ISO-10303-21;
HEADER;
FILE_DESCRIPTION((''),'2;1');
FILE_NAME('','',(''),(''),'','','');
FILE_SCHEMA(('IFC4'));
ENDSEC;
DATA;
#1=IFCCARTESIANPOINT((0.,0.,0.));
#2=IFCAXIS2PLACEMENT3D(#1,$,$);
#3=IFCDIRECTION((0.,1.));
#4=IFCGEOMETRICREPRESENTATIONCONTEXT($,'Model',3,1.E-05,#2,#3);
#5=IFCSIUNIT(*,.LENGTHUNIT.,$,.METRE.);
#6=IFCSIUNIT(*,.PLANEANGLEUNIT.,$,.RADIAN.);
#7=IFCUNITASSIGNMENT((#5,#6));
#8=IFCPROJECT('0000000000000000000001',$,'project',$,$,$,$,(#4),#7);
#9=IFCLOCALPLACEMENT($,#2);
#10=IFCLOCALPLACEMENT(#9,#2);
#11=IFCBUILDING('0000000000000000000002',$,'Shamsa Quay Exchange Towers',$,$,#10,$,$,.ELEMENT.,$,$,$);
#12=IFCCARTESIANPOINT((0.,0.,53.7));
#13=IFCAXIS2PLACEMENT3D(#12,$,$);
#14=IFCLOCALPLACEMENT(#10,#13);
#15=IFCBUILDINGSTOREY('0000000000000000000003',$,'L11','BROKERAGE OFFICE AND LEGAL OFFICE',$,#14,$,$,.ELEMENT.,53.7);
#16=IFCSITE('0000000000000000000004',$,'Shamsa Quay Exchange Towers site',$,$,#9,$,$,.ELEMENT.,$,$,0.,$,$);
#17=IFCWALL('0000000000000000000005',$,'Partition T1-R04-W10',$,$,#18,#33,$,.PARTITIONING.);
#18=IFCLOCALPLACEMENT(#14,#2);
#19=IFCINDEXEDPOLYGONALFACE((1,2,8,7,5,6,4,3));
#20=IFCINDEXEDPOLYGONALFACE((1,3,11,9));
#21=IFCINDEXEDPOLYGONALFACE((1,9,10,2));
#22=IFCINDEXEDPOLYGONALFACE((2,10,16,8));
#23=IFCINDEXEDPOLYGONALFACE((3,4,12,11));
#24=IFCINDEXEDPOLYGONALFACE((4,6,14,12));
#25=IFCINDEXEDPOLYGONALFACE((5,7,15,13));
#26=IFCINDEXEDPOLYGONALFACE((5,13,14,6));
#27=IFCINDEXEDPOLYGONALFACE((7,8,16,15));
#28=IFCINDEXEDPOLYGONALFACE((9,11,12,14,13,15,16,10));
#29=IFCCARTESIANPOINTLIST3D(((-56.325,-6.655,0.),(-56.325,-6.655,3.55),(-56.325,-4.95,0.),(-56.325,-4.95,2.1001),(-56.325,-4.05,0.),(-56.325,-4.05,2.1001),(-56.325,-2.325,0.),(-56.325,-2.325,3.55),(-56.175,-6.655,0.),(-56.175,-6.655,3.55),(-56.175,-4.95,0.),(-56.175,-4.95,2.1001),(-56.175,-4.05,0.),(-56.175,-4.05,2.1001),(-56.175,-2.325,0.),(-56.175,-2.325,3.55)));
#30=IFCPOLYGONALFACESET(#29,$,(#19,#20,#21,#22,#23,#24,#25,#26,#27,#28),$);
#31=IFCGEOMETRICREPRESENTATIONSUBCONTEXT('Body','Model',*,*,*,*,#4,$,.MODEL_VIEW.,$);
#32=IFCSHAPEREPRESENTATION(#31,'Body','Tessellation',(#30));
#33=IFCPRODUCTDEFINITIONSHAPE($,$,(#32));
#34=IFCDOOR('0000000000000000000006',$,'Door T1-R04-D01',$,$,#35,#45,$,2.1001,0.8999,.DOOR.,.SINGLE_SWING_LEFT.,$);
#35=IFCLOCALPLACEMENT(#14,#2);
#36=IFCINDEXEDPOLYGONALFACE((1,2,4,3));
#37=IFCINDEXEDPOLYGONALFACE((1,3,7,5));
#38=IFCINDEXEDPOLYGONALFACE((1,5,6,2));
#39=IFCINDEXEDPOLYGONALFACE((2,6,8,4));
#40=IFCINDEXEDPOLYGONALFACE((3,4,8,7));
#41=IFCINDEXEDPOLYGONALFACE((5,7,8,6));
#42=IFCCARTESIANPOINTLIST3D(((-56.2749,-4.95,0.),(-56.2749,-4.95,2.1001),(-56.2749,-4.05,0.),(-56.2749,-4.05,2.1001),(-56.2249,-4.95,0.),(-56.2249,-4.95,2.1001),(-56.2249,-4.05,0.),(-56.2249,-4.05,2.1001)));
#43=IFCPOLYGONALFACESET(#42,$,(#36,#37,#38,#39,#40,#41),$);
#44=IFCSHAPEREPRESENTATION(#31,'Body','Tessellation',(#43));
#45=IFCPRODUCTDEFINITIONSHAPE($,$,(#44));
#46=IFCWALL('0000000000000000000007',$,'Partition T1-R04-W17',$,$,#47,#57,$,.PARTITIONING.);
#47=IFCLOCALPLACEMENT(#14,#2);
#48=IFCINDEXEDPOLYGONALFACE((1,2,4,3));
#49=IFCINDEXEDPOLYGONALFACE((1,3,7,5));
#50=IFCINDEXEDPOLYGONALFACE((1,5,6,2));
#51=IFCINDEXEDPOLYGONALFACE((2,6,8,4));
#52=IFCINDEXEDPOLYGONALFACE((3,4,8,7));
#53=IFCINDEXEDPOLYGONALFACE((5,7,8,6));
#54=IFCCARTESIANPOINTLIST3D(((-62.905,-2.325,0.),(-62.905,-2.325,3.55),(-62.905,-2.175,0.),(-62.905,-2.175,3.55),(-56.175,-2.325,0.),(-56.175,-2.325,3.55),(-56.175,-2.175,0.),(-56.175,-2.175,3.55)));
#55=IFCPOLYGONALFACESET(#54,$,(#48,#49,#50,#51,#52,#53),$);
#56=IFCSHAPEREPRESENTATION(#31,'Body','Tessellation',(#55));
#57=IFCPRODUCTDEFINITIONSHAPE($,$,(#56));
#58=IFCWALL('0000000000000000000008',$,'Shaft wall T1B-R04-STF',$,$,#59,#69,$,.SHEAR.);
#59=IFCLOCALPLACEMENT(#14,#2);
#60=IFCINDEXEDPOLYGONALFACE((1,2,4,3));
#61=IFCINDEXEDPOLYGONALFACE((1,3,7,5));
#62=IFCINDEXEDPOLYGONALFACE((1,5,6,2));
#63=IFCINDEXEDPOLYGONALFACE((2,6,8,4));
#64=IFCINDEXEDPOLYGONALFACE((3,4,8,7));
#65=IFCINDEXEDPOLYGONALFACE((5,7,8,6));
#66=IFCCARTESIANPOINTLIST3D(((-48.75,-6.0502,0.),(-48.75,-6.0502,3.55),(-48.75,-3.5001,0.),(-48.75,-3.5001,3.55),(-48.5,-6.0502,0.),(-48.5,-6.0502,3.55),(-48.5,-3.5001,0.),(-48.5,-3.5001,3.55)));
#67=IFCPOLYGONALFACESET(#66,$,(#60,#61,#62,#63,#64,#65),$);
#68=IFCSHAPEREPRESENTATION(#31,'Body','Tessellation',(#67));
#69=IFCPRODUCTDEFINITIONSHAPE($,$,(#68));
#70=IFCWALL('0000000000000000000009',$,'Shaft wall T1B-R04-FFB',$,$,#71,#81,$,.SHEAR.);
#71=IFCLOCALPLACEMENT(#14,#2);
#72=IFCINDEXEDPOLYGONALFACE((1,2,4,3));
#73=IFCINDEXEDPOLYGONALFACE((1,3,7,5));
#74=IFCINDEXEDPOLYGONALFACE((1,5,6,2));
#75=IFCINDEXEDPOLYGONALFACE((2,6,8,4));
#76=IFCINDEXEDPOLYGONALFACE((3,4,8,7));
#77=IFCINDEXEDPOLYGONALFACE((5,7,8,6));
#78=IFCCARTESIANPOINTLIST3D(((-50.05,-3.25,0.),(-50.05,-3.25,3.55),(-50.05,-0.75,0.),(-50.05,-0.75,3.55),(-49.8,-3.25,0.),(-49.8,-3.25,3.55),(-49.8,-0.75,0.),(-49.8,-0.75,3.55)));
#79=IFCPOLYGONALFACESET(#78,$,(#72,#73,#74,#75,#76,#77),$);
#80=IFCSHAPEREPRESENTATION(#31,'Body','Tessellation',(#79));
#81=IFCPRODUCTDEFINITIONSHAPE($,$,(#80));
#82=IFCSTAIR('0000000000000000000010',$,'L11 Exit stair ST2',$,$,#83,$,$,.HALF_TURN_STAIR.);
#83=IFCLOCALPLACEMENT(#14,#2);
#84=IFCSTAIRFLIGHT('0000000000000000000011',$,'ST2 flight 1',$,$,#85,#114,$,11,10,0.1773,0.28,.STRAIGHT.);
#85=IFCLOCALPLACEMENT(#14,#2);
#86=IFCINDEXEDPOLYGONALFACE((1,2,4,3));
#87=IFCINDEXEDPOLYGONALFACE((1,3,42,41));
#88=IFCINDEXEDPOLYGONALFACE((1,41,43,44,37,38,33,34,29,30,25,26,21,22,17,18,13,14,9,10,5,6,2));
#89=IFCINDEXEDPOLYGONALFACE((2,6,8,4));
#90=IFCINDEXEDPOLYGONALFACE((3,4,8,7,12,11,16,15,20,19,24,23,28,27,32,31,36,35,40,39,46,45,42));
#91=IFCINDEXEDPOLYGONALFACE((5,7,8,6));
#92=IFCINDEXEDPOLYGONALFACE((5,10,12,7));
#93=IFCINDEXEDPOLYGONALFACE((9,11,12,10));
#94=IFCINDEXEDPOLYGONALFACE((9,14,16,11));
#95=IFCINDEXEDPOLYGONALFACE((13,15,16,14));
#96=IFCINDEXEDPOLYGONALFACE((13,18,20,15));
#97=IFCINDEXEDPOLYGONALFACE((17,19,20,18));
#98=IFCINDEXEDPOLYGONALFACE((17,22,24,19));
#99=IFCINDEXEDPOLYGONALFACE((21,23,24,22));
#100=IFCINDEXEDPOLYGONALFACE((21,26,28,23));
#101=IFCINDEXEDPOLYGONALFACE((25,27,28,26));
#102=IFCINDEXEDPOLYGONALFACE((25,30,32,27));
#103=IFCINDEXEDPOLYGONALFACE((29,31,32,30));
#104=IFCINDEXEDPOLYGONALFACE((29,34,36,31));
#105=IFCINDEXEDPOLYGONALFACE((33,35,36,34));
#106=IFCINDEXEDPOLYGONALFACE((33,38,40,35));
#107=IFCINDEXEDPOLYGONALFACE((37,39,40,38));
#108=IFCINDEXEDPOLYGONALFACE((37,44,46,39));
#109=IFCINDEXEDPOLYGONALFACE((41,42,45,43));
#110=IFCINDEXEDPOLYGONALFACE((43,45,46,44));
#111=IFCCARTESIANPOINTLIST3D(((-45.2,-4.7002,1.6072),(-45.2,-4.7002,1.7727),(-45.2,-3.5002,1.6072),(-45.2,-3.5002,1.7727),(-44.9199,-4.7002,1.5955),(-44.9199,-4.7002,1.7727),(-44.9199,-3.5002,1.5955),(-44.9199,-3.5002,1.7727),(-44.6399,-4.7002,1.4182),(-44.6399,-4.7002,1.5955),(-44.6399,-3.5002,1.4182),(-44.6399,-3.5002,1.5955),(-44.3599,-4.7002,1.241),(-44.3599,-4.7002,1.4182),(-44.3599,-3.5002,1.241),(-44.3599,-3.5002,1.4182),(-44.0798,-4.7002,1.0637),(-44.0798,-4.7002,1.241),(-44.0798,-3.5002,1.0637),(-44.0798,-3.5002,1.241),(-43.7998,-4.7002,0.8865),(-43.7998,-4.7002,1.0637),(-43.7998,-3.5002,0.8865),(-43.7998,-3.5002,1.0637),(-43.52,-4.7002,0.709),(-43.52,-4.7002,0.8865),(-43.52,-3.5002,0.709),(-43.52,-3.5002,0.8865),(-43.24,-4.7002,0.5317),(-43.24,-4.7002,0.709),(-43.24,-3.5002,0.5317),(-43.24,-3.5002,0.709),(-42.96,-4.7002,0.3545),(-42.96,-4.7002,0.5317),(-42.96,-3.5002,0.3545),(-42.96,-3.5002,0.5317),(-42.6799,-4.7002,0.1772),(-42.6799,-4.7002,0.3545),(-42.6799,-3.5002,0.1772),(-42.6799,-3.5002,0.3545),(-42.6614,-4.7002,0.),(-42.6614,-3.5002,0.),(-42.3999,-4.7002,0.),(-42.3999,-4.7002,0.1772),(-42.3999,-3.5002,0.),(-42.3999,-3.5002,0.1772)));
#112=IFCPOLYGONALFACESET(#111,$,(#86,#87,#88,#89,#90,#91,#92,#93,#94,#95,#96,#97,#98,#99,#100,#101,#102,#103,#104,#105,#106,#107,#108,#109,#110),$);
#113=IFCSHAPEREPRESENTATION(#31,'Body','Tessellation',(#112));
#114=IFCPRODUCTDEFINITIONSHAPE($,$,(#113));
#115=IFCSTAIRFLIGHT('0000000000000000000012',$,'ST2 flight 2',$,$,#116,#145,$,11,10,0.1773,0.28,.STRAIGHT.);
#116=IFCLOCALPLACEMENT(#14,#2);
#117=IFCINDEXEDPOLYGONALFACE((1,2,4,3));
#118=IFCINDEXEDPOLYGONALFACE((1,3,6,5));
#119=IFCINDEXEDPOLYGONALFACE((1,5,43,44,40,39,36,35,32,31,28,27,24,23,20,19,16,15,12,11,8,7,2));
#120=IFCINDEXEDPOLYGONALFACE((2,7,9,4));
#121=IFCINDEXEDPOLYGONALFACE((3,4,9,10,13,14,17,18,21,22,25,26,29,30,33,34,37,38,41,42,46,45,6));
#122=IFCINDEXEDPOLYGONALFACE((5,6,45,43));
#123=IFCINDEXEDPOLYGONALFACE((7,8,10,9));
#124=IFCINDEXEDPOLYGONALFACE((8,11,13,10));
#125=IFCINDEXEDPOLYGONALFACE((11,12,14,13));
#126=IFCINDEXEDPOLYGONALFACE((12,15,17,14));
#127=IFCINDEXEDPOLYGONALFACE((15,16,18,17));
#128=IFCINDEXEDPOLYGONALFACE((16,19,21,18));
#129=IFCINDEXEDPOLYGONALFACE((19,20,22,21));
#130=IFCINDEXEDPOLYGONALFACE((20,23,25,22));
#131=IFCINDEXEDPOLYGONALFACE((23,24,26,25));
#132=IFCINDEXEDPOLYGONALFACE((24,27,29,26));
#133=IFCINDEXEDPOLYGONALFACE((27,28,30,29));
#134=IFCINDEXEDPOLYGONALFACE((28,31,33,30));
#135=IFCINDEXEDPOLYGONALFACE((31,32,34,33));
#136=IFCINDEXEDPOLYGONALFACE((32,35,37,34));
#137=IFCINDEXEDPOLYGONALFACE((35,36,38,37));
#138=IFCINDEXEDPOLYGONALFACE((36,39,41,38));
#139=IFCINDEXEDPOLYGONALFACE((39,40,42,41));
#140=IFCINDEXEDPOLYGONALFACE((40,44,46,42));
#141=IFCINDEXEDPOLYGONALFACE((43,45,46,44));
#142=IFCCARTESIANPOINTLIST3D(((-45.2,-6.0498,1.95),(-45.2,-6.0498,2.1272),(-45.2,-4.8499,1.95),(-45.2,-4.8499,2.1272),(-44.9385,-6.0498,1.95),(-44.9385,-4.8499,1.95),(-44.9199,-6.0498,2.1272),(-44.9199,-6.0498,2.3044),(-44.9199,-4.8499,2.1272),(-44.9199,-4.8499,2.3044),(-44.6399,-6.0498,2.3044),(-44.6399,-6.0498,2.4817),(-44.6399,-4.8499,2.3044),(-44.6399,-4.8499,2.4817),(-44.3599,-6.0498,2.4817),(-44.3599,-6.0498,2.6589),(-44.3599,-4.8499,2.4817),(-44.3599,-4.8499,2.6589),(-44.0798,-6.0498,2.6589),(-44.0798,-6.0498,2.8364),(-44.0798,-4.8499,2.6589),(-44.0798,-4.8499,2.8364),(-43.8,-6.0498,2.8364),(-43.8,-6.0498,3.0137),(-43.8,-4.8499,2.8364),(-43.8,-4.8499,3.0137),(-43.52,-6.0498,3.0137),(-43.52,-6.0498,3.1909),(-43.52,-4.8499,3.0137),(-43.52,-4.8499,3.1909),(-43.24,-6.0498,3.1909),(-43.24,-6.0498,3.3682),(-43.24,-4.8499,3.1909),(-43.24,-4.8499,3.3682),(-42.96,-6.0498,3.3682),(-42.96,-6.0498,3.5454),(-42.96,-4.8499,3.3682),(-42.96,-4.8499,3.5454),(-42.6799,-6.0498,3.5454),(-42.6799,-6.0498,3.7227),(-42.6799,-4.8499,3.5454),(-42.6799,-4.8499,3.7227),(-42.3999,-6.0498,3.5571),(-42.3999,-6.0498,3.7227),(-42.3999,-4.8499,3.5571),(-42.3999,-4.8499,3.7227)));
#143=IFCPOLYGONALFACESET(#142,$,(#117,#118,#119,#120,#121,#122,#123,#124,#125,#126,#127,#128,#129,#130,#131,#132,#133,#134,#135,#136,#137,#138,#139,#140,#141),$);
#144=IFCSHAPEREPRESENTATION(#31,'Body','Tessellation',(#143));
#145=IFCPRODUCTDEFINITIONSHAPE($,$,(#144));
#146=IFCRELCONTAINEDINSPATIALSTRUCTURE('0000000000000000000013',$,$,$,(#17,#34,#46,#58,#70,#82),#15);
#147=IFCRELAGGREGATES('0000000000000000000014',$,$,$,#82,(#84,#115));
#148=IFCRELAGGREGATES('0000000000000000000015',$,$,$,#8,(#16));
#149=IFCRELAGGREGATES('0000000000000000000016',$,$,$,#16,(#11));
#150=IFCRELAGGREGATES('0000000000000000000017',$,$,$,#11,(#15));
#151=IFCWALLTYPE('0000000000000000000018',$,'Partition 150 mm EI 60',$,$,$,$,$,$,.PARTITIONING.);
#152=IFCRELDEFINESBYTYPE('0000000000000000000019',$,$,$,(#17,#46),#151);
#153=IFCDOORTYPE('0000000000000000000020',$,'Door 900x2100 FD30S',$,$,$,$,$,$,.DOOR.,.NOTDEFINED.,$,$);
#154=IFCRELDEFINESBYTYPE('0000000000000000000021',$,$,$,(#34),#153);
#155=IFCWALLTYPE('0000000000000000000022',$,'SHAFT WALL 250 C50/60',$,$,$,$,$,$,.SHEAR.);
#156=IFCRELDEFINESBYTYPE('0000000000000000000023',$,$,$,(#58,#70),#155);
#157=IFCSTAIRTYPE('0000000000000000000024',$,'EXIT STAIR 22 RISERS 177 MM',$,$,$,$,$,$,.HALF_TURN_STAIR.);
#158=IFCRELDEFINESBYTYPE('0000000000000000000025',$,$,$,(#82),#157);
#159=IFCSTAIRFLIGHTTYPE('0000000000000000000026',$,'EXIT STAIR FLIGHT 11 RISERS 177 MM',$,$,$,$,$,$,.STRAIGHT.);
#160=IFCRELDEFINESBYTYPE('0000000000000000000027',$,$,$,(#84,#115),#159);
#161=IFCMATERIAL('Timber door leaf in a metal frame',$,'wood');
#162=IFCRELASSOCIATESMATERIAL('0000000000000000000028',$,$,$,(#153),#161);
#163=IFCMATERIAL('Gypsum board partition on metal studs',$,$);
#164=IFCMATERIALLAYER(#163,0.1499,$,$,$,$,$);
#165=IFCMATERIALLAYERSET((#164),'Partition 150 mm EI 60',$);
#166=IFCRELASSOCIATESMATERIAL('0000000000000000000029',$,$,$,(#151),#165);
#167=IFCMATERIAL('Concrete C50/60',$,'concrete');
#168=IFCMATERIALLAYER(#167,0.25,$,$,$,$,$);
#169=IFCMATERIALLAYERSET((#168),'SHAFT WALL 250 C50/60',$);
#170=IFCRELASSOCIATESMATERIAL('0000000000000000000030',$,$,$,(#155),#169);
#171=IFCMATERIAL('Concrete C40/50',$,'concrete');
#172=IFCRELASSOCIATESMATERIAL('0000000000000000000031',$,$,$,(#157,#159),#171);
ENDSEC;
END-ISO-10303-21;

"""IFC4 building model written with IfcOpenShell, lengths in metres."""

from ifc_helpers import new_model, si_unit, direction, frame, frame_2d, origin, place, context, subcontext, project, spatial, polyline, rectangle, outline, extrude, material, layer, layer_set, type_object, element, fill, aggregate, save


model = new_model("IFC4")

# Units and contexts
model_context = context("Model", 3, precision=1e-05, world=origin(), true_north=direction((0.0, 1.0)))
body_context = subcontext(model_context, "Body", "Model", "MODEL_VIEW")
ifc_project = project(units=[si_unit("LENGTHUNIT", "METRE"), si_unit("PLANEANGLEUNIT", "RADIAN")], contexts=[model_context])

# Site, building, storey
site_placement = place(None, origin())
site = spatial("IfcSite", under=ifc_project, at=site_placement, Name="Shamsa Quay Exchange Towers site", CompositionType="ELEMENT", RefElevation=0.0)
building_placement = place(site_placement, origin())
building = spatial("IfcBuilding", under=site, at=building_placement, Name="Shamsa Quay Exchange Towers", CompositionType="ELEMENT")
storey_placement = place(building_placement, frame((0.0, 0.0, 53.7)))
storey = spatial("IfcBuildingStorey", under=building, at=storey_placement, Name="L11", Description="BROKERAGE OFFICE AND LEGAL OFFICE", CompositionType="ELEMENT", Elevation=53.7)

# Wall, opening, door
ifc_material_1 = material(Name="Timber door leaf in a metal frame", Category="wood")
door_type_1 = type_object("IfcDoorType", Name="Door 900x2100 FD30S", OperationType="NOTDEFINED", PredefinedType="DOOR", material=ifc_material_1)
ifc_material_2 = material(Name="Gypsum board partition on metal studs")
ifc_layer_1 = layer(ifc_material_2, 0.1499)
ifc_layer_set_1 = layer_set([ifc_layer_1], Name="Partition 150 mm EI 60")
wall_type_1 = type_object("IfcWallType", Name="Partition 150 mm EI 60", PredefinedType="PARTITIONING", material=ifc_layer_set_1)
wall_1_placement = place(storey_placement, frame((-56.25, -6.655, 0.0), z_axis=(0.0, 0.0, 1.0), x_axis=(0.0, 1.0, 0.0)))
wall_1 = element("IfcWall", 1, at=wall_1_placement, inside=storey, type_object=wall_type_1, Name="Partition T1-R04-W10", PredefinedType="PARTITIONING", context=body_context, shape_type="SweptSolid", body=[
    extrude(rectangle(XDim=4.3301, YDim=0.1499, at=frame_2d((2.165, 0.0))), origin(), (0.0, 0.0, 1.0), 3.55),
])
opening_1_placement = place(wall_1_placement, frame((1.7051, 0.0, 0.0)))
opening_1 = element("IfcOpeningElement", 2, at=opening_1_placement, cuts=wall_1, PredefinedType="OPENING", context=body_context, shape_type="SweptSolid", body=[
    extrude(rectangle(XDim=0.8999, YDim=2.1001, at=frame_2d((0.45, 1.05))), frame((0.0, 0.085, 0.0), z_axis=(0.0, -1.0, 0.0), x_axis=(1.0, 0.0, 0.0)), (0.0, 0.0, 1.0), 0.1699),
])
door_1_placement = place(opening_1_placement, origin())
door_1 = element("IfcDoor", 3, at=door_1_placement, inside=storey, type_object=door_type_1, Name="Door T1-R04-D01", OperationType="SINGLE_SWING_LEFT", OverallHeight=2.1001, OverallWidth=0.8999, PredefinedType="DOOR", context=body_context, shape_type="SweptSolid", body=[
    extrude(rectangle(XDim=0.8999, YDim=2.1001, at=frame_2d((0.45, 1.05))), frame((0.0, 0.0249, 0.0), z_axis=(0.0, -1.0, 0.0), x_axis=(1.0, 0.0, 0.0)), (0.0, 0.0, 1.0), 0.05),
])
fill(opening_1, door_1)

# Walls
wall_2_placement = place(storey_placement, frame((-56.175, -2.25, 0.0), z_axis=(0.0, 0.0, 1.0), x_axis=(-1.0, 0.0, 0.0)))
element("IfcWall", 4, at=wall_2_placement, inside=storey, type_object=wall_type_1, Name="Partition T1-R04-W17", PredefinedType="PARTITIONING", context=body_context, shape_type="SweptSolid", body=[
    extrude(rectangle(XDim=6.73, YDim=0.1499, at=frame_2d((3.365, 0.0))), origin(), (0.0, 0.0, 1.0), 3.55),
])
ifc_material_3 = material(Name="Concrete C50/60", Category="concrete")
ifc_layer_2 = layer(ifc_material_3, 0.25)
ifc_layer_set_2 = layer_set([ifc_layer_2], Name="SHAFT WALL 250 C50/60")
wall_type_2 = type_object("IfcWallType", Name="SHAFT WALL 250 C50/60", PredefinedType="SHEAR", material=ifc_layer_set_2)
wall_3_placement = place(storey_placement, frame((-48.625, -6.05, 0.0), z_axis=(0.0, 0.0, 1.0), x_axis=(0.0, 1.0, 0.0)))
element("IfcWall", 5, at=wall_3_placement, inside=storey, type_object=wall_type_2, Name="Shaft wall T1B-R04-STF", PredefinedType="SHEAR", context=body_context, shape_type="SweptSolid", body=[
    extrude(rectangle(XDim=2.55, YDim=0.25, at=frame_2d((1.2749, 0.0))), origin(), (0.0, 0.0, 1.0), 3.55),
])

# Wall
wall_4_placement = place(storey_placement, frame((-49.925, -3.25, 0.0), z_axis=(0.0, 0.0, 1.0), x_axis=(0.0, 1.0, 0.0)))
element("IfcWall", 6, at=wall_4_placement, inside=storey, type_object=wall_type_2, Name="Shaft wall T1B-R04-FFB", PredefinedType="SHEAR", context=body_context, shape_type="SweptSolid", body=[
    extrude(rectangle(XDim=2.5, YDim=0.25, at=frame_2d((1.25, 0.0))), origin(), (0.0, 0.0, 1.0), 3.55),
])

# Stair, stair flights
ifc_material_4 = material(Name="Concrete C40/50", Category="concrete")
stair_type = type_object("IfcStairType", Name="EXIT STAIR 22 RISERS 177 MM", PredefinedType="HALF_TURN_STAIR", material=ifc_material_4)
stair_placement = place(storey_placement, origin())
stair = element("IfcStair", 7, at=stair_placement, inside=storey, type_object=stair_type, Name="L11 Exit stair ST2", PredefinedType="HALF_TURN_STAIR")
stair_flight_type = type_object("IfcStairFlightType", Name="EXIT STAIR FLIGHT 11 RISERS 177 MM", PredefinedType="STRAIGHT", material=ifc_material_4)
stair_flight_1_placement = place(storey_placement, frame((-42.3999, -4.1001, 0.0), z_axis=(0.0, 0.0, 1.0), x_axis=(-1.0, 0.0, 0.0)))
stair_flight_1 = element("IfcStairFlight", 8, at=stair_flight_1_placement, type_object=stair_flight_type, Name="ST2 flight 1", NumberOfRisers=11, NumberOfTreads=10, PredefinedType="STRAIGHT", RiserHeight=0.1773, TreadLength=0.28, context=body_context, shape_type="SweptSolid", body=[
    extrude(outline(polyline([(0.0, 0.0), (0.0, 0.1772), (0.28, 0.1772), (0.28, 0.3545), (0.5601, 0.3545), (0.5601, 0.5317), (0.8401, 0.5317), (0.8401, 0.709), (1.1201, 0.709), (1.1201, 0.8865), (1.3999, 0.8865), (1.3999, 1.0637), (1.6799, 1.0637), (1.6799, 1.241), (1.96, 1.241), (1.96, 1.4182), (2.24, 1.4182), (2.24, 1.5955), (2.52, 1.5955), (2.52, 1.7727), (2.8, 1.7727), (2.8, 1.95), (2.8, 1.6072), (0.2615, 0.0), (0.0, 0.0)])), frame((0.0, 0.6001, 0.0), z_axis=(0.0, -1.0, 0.0), x_axis=(1.0, 0.0, 0.0)), (0.0, 0.0, 1.0), 1.2),
])
stair_flight_2_placement = place(storey_placement, frame((-45.2, -5.45, 1.95)))
stair_flight_2 = element("IfcStairFlight", 9, at=stair_flight_2_placement, type_object=stair_flight_type, Name="ST2 flight 2", NumberOfRisers=11, NumberOfTreads=10, PredefinedType="STRAIGHT", RiserHeight=0.1773, TreadLength=0.28, context=body_context, shape_type="SweptSolid", body=[
    extrude(outline(polyline([(0.0, 0.0), (0.0, 0.1772), (0.28, 0.1772), (0.28, 0.3545), (0.5601, 0.3545), (0.5601, 0.5317), (0.8401, 0.5317), (0.8401, 0.709), (1.1201, 0.709), (1.1201, 0.8865), (1.3999, 0.8865), (1.3999, 1.0637), (1.6799, 1.0637), (1.6799, 1.241), (1.96, 1.241), (1.96, 1.4182), (2.24, 1.4182), (2.24, 1.5955), (2.52, 1.5955), (2.52, 1.7727), (2.8, 1.7727), (2.8, 1.95), (2.8, 1.6072), (0.2615, 0.0), (0.0, 0.0)])), frame((0.0, 0.6001, 0.0), z_axis=(0.0, -1.0, 0.0), x_axis=(1.0, 0.0, 0.0)), (0.0, 0.0, 1.0), 1.2),
])
aggregate(stair, [stair_flight_1, stair_flight_2])

save(model, "model.ifc")
